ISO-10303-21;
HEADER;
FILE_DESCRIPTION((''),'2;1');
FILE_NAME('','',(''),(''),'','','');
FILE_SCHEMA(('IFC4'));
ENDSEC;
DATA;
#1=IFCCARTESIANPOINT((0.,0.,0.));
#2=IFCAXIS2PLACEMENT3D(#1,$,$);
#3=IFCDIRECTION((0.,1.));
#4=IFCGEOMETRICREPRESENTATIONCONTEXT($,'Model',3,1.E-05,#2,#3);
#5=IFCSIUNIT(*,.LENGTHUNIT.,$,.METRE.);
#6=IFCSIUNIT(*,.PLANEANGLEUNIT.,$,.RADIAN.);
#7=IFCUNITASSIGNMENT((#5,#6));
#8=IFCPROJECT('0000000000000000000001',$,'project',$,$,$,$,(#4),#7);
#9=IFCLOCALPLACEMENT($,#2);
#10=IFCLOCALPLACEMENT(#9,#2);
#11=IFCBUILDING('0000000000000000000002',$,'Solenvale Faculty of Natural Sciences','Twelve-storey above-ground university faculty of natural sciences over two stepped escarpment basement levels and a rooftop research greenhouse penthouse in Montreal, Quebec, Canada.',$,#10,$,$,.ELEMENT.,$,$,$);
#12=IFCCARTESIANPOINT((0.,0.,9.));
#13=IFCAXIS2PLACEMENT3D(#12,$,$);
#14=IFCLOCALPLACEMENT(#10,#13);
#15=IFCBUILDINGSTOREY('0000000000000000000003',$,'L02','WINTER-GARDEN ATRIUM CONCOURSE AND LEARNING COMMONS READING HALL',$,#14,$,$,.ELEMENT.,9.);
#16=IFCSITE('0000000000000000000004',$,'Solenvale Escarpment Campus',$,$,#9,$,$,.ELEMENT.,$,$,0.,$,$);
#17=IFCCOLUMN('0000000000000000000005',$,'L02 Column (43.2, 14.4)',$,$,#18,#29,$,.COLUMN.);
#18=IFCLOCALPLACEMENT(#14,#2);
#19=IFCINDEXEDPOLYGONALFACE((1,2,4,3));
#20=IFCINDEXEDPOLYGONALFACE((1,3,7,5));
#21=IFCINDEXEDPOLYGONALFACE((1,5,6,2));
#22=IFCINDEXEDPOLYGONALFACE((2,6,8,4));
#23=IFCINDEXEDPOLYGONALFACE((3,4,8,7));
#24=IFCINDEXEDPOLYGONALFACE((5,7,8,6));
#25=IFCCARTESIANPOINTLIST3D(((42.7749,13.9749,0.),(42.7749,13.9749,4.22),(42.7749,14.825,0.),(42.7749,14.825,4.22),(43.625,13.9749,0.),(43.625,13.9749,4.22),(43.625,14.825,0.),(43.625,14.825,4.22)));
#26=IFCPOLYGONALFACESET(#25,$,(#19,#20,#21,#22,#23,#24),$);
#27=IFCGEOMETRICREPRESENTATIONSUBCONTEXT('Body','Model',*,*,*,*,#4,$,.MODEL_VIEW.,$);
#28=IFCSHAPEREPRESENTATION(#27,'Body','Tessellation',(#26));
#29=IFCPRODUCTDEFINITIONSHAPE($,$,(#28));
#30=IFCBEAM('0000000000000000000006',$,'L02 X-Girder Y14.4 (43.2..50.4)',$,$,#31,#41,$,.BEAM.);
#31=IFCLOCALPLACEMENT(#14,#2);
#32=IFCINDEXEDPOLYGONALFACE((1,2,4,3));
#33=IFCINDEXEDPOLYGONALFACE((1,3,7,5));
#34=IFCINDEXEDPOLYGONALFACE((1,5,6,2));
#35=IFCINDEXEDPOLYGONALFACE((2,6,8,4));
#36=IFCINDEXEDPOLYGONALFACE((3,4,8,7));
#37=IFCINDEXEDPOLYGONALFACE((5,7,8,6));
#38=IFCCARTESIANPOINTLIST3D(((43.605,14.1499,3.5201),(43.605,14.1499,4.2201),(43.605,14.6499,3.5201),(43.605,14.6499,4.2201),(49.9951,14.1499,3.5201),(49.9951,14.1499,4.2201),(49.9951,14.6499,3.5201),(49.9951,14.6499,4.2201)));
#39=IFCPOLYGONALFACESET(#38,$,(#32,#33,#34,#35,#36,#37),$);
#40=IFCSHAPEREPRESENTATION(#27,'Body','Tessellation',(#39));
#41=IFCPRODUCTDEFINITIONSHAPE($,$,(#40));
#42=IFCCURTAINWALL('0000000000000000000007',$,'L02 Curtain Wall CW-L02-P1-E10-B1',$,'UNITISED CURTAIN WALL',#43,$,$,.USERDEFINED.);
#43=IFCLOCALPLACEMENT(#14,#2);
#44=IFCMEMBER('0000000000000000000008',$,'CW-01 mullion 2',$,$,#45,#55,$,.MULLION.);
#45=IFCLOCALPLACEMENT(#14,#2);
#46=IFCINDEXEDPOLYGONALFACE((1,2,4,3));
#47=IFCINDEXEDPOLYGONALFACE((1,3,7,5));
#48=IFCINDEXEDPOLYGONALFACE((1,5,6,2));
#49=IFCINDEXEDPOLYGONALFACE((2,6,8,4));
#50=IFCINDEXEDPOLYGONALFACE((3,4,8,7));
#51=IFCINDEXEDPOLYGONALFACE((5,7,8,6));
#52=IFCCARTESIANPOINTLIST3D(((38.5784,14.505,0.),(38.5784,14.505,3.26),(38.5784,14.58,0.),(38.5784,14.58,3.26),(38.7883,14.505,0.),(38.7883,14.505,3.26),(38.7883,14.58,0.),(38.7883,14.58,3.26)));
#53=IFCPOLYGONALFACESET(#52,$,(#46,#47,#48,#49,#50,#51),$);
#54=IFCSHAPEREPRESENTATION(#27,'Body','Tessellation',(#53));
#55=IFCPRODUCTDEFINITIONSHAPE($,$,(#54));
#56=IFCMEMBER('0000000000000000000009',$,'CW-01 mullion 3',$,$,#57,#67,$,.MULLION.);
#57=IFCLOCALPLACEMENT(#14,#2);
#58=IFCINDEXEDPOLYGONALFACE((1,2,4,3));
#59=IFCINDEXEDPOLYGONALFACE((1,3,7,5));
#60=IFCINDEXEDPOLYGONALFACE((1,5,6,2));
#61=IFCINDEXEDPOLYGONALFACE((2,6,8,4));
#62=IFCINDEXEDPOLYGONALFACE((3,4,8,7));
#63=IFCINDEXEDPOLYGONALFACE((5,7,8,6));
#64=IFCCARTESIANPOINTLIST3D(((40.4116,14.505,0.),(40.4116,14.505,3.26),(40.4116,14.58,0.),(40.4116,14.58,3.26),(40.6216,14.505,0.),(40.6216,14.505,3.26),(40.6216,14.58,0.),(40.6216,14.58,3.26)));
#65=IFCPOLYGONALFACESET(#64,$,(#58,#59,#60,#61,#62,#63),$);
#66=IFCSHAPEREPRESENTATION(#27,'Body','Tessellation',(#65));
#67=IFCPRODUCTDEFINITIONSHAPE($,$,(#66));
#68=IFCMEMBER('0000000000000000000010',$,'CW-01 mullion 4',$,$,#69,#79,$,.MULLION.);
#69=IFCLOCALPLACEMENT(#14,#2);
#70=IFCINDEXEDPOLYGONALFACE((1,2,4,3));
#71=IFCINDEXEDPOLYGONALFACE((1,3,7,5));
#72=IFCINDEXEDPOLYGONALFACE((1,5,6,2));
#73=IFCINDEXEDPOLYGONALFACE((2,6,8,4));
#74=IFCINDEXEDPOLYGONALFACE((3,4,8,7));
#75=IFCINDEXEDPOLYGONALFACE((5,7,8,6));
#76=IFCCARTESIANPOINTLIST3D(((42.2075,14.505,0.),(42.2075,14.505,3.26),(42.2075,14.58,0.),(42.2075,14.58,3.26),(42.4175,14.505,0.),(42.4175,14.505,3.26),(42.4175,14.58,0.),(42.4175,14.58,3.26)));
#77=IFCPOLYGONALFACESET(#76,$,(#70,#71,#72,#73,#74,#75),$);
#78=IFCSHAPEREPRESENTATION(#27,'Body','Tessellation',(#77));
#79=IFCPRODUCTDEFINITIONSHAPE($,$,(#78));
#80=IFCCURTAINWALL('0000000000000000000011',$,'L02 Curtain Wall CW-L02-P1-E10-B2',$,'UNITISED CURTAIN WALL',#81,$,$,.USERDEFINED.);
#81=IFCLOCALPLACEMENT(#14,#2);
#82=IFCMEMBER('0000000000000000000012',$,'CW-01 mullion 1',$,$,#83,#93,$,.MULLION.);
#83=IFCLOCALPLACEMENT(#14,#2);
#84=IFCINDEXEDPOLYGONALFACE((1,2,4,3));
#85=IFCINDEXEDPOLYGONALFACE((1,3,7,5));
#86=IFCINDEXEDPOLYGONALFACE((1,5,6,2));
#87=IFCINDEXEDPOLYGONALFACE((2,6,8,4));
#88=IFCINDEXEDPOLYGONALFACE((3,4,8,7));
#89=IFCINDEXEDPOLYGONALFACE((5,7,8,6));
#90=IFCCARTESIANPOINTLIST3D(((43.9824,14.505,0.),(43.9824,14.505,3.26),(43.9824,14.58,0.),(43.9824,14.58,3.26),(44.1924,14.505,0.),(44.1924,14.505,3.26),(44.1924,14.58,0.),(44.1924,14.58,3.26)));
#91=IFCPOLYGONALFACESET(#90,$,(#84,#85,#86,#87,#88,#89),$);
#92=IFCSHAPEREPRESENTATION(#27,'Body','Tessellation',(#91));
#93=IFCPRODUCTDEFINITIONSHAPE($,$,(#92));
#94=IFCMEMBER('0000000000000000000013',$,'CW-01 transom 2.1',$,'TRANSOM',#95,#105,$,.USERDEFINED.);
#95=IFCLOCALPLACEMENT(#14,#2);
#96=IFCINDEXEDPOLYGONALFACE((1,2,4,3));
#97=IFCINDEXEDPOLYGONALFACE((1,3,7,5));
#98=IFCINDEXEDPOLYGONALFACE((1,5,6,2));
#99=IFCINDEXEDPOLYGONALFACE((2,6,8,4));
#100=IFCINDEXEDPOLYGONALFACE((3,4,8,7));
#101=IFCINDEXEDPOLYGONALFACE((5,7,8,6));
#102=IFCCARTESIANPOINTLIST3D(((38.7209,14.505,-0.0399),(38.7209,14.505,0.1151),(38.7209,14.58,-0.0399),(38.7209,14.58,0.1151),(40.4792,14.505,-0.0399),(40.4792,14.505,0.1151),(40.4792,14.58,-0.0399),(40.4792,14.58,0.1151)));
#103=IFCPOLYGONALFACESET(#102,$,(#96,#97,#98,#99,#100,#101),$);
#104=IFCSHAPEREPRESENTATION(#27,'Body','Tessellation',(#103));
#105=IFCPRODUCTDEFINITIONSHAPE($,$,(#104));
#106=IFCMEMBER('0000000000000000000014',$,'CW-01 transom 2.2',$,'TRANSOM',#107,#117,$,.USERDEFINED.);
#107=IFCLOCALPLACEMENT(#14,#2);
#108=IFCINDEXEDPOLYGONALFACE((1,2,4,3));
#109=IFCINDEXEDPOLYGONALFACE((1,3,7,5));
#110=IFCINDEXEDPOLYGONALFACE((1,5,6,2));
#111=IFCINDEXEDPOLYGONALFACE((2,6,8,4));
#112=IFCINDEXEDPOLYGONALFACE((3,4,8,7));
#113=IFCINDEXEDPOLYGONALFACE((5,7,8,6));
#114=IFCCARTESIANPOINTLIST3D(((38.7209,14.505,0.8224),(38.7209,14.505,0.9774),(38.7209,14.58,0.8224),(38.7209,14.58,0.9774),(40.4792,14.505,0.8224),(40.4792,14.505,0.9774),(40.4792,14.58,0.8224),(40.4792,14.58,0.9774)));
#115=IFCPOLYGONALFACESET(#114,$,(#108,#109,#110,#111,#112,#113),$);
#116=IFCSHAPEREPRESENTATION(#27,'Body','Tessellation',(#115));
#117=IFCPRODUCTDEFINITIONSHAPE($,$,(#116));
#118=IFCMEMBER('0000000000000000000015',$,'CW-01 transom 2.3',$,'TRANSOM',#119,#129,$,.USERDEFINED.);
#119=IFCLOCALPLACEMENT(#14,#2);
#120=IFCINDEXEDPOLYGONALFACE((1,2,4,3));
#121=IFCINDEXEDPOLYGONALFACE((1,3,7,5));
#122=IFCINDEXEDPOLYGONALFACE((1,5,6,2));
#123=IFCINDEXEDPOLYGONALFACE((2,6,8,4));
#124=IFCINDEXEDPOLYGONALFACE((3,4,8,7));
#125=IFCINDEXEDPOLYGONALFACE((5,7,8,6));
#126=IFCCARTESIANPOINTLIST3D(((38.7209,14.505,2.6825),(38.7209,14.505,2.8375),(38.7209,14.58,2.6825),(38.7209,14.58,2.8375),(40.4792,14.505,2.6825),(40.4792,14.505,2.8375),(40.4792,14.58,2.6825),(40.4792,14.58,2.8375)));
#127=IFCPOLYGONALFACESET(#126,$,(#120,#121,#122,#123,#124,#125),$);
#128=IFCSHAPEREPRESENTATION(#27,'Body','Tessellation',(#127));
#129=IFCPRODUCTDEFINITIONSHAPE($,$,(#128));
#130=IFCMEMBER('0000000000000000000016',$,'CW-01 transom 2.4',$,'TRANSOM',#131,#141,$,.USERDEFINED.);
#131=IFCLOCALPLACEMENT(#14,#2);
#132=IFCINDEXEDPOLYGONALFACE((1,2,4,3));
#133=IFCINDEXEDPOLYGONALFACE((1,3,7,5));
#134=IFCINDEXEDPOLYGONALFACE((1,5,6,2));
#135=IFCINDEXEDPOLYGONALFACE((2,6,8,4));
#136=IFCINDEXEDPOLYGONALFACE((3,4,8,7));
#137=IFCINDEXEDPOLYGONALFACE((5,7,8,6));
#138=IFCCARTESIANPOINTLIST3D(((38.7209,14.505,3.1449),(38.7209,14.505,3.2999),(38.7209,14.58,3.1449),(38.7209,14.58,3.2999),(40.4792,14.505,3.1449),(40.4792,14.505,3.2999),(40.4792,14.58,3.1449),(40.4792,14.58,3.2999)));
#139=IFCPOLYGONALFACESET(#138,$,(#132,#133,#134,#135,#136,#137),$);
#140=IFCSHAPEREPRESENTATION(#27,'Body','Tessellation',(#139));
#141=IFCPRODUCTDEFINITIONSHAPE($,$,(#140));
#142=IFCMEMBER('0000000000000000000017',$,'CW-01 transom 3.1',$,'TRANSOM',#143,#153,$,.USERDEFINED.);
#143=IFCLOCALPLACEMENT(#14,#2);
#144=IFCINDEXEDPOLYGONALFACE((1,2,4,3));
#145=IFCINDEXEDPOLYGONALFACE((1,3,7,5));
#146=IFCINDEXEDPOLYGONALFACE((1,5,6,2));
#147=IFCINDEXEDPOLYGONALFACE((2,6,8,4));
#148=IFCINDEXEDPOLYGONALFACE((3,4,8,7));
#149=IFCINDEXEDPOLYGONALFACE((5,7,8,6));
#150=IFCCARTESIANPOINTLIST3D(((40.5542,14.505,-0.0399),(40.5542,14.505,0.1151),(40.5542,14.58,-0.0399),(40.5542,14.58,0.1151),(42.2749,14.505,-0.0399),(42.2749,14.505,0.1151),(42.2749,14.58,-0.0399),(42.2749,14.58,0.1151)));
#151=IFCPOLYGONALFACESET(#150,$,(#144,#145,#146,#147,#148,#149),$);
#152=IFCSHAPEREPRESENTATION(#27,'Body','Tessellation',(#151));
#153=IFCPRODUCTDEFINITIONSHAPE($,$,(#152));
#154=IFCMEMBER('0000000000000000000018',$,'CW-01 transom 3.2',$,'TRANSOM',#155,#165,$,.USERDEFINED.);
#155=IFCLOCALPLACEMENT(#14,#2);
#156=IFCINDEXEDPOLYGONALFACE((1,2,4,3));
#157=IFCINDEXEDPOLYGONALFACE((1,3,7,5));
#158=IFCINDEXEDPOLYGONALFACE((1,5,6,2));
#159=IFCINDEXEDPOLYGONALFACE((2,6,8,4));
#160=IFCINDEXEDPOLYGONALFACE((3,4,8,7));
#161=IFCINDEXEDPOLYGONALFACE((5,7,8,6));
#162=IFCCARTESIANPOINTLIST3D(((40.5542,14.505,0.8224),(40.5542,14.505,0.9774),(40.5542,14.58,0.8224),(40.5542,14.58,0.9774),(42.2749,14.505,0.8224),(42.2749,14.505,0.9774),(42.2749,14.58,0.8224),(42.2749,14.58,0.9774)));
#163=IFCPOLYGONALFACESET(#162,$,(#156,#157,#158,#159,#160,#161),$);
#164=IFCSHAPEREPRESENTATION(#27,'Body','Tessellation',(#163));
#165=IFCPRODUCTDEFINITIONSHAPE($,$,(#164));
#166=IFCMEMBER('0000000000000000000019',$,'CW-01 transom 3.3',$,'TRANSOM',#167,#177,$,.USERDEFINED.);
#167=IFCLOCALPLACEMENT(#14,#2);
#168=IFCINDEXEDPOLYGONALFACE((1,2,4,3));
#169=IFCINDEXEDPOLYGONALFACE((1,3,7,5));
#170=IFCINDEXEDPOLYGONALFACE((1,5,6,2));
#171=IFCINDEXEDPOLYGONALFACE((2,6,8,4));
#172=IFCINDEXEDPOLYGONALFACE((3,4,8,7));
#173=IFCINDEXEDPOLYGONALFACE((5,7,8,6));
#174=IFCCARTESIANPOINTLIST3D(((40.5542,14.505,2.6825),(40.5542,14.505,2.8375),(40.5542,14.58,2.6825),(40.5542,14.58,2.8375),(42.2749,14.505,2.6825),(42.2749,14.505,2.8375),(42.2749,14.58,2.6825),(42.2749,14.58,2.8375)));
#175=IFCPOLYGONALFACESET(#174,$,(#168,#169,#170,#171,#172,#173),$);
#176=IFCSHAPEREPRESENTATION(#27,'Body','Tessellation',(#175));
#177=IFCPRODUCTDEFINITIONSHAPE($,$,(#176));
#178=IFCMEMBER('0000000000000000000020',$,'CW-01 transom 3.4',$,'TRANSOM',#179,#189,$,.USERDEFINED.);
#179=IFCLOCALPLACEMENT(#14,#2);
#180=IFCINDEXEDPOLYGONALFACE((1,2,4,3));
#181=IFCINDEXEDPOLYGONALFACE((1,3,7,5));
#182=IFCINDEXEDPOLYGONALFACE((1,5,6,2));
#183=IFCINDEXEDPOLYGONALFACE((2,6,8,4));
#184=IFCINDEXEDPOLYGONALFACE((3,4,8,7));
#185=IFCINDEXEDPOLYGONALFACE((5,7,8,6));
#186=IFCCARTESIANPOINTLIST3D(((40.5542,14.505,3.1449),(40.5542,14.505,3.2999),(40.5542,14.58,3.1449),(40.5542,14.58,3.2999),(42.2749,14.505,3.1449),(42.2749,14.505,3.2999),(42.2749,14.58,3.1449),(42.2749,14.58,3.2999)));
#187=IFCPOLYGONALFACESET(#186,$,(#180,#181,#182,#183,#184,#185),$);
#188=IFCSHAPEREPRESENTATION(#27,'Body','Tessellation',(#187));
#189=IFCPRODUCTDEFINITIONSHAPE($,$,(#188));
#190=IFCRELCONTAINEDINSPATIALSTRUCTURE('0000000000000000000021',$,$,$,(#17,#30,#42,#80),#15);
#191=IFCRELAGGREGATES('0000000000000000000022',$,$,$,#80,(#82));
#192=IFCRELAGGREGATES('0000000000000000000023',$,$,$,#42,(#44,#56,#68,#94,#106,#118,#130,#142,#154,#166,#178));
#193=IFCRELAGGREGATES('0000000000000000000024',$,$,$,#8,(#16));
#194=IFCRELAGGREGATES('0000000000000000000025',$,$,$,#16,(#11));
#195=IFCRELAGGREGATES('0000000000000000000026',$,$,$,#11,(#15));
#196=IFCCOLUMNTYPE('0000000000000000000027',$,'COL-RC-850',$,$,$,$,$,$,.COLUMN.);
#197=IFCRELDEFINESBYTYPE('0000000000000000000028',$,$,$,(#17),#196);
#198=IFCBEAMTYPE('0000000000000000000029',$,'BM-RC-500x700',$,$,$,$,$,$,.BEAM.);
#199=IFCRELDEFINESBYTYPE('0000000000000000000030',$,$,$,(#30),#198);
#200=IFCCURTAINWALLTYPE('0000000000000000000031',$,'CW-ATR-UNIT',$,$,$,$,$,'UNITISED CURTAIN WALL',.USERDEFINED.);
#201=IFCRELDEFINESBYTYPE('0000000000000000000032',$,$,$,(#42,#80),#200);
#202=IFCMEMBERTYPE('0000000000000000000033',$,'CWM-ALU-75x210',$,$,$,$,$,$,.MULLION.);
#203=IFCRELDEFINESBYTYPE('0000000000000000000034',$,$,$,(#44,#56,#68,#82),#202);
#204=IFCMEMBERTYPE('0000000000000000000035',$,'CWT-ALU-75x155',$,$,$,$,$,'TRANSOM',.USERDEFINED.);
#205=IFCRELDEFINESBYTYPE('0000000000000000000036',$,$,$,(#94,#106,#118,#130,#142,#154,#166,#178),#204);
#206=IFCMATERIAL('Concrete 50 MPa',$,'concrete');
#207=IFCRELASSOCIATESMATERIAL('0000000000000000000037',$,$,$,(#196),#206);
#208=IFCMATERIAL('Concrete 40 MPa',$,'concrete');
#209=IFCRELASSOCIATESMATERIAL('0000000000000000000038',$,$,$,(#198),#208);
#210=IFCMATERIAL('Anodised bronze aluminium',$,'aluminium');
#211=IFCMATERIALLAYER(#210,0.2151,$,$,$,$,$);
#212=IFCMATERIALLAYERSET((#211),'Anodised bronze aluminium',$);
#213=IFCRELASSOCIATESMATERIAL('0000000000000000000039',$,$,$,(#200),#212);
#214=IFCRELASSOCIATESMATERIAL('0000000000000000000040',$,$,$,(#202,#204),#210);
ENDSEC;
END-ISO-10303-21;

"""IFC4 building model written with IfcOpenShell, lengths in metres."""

from ifc_helpers import new_model, si_unit, direction, frame, origin, origin_2d, place, context, subcontext, project, spatial, rectangle, extrude, material, layer, layer_set, material_profile, profile_set, type_object, element, aggregate, save


model = new_model("IFC4")

# Units and contexts
model_context = context("Model", 3, precision=1e-05, world=origin(), true_north=direction((0.0, 1.0)))
body_context = subcontext(model_context, "Body", "Model", "MODEL_VIEW")
ifc_project = project(units=[si_unit("LENGTHUNIT", "METRE"), si_unit("PLANEANGLEUNIT", "RADIAN")], contexts=[model_context])

# Site, building, storey
site_placement = place(None, origin())
site = spatial("IfcSite", under=ifc_project, at=site_placement, Name="Solenvale Escarpment Campus", CompositionType="ELEMENT", RefElevation=0.0)
building_placement = place(site_placement, origin())
building = spatial("IfcBuilding", under=site, at=building_placement, Name="Solenvale Faculty of Natural Sciences", Description="Twelve-storey above-ground university faculty of natural sciences over two stepped escarpment basement levels and a rooftop research greenhouse penthouse in Montreal, Quebec, Canada.", CompositionType="ELEMENT")
storey_placement = place(building_placement, frame((0.0, 0.0, 9.0)))
storey = spatial("IfcBuildingStorey", under=building, at=storey_placement, Name="L02", Description="WINTER-GARDEN ATRIUM CONCOURSE AND LEARNING COMMONS READING HALL", CompositionType="ELEMENT", Elevation=9.0)

# Column
ifc_material_1 = material(Name="Concrete 50 MPa", Category="concrete")
ifc_material_profile_1 = material_profile(ifc_material_1, rectangle(XDim=0.8501, YDim=0.8501, at=origin_2d()), Name="RC-COL-850x850")
ifc_profile_set_1 = profile_set([ifc_material_profile_1], Name="Concrete 50 MPa")
column_type = type_object("IfcColumnType", Name="COL-RC-850", PredefinedType="COLUMN", material=ifc_profile_set_1)
column_placement = place(storey_placement, frame((43.2, 14.3999, 0.0), z_axis=(0.0, 0.0, 1.0), x_axis=(1.0, 0.0, 0.0)))
element("IfcColumn", 1, at=column_placement, inside=storey, type_object=column_type, Name="L02 Column (43.2, 14.4)", PredefinedType="COLUMN", context=body_context, shape_type="SweptSolid", body=[
    extrude(rectangle(XDim=0.8501, YDim=0.8501, at=origin_2d()), origin(), (0.0, 0.0, 1.0), 4.22),
])

# Beam
ifc_material_2 = material(Name="Concrete 40 MPa", Category="concrete")
ifc_material_profile_2 = material_profile(ifc_material_2, rectangle(XDim=0.5, YDim=0.7, at=origin_2d()), Name="RC-BM-500x700")
ifc_profile_set_2 = profile_set([ifc_material_profile_2], Name="Concrete 40 MPa")
beam_type = type_object("IfcBeamType", Name="BM-RC-500x700", PredefinedType="BEAM", material=ifc_profile_set_2)
beam_placement = place(storey_placement, frame((43.605, 14.3999, 3.8701), z_axis=(1.0, 0.0, 0.0), x_axis=(0.0, 1.0, 0.0)))
element("IfcBeam", 2, at=beam_placement, inside=storey, type_object=beam_type, Name="L02 X-Girder Y14.4 (43.2..50.4)", PredefinedType="BEAM", context=body_context, shape_type="SweptSolid", body=[
    extrude(rectangle(XDim=0.5, YDim=0.7, at=origin_2d()), origin(), (0.0, 0.0, 1.0), 6.3901),
])

# Curtain wall, members
ifc_material_3 = material(Name="Anodised bronze aluminium", Category="aluminium")
ifc_layer_1 = layer(ifc_material_3, 0.2151)
ifc_layer_set_1 = layer_set([ifc_layer_1], Name="Anodised bronze aluminium")
curtain_wall_type = type_object("IfcCurtainWallType", Name="CW-ATR-UNIT", ElementType="UNITISED CURTAIN WALL", PredefinedType="USERDEFINED", material=ifc_layer_set_1)
curtain_wall_1_placement = place(storey_placement, origin())
curtain_wall_1 = element("IfcCurtainWall", 3, at=curtain_wall_1_placement, inside=storey, type_object=curtain_wall_type, Name="L02 Curtain Wall CW-L02-P1-E10-B1", ObjectType="UNITISED CURTAIN WALL", PredefinedType="USERDEFINED")
ifc_material_profile_3 = material_profile(ifc_material_3, rectangle(XDim=0.075, YDim=0.21, at=origin_2d()), Name="ALU-MUL-75x210")
ifc_profile_set_3 = profile_set([ifc_material_profile_3], Name="Anodised bronze aluminium")
member_type_1 = type_object("IfcMemberType", Name="CWM-ALU-75x210", PredefinedType="MULLION", material=ifc_profile_set_3)
member_1_placement = place(storey_placement, frame((38.6833, 14.5425, 0.0), z_axis=(0.0, 0.0, 1.0), x_axis=(0.0, 1.0, 0.0)))
member_1 = element("IfcMember", 4, at=member_1_placement, type_object=member_type_1, Name="CW-01 mullion 2", PredefinedType="MULLION", context=body_context, shape_type="SweptSolid", body=[
    extrude(rectangle(XDim=0.075, YDim=0.21, at=origin_2d()), origin(), (0.0, 0.0, 1.0), 3.26),
])
member_2_placement = place(storey_placement, frame((40.5166, 14.5425, 0.0), z_axis=(0.0, 0.0, 1.0), x_axis=(0.0, 1.0, 0.0)))
member_2 = element("IfcMember", 5, at=member_2_placement, type_object=member_type_1, Name="CW-01 mullion 3", PredefinedType="MULLION", context=body_context, shape_type="SweptSolid", body=[
    extrude(rectangle(XDim=0.075, YDim=0.21, at=origin_2d()), origin(), (0.0, 0.0, 1.0), 3.26),
])
member_3_placement = place(storey_placement, frame((42.3125, 14.5425, 0.0), z_axis=(0.0, 0.0, 1.0), x_axis=(0.0, 1.0, 0.0)))
member_3 = element("IfcMember", 6, at=member_3_placement, type_object=member_type_1, Name="CW-01 mullion 4", PredefinedType="MULLION", context=body_context, shape_type="SweptSolid", body=[
    extrude(rectangle(XDim=0.075, YDim=0.21, at=origin_2d()), origin(), (0.0, 0.0, 1.0), 3.26),
])

# Curtain wall, member
curtain_wall_2_placement = place(storey_placement, origin())
curtain_wall_2 = element("IfcCurtainWall", 7, at=curtain_wall_2_placement, inside=storey, type_object=curtain_wall_type, Name="L02 Curtain Wall CW-L02-P1-E10-B2", ObjectType="UNITISED CURTAIN WALL", PredefinedType="USERDEFINED")
member_4_placement = place(storey_placement, frame((44.0874, 14.5425, 0.0), z_axis=(0.0, 0.0, 1.0), x_axis=(0.0, 1.0, 0.0)))
member_4 = element("IfcMember", 8, at=member_4_placement, type_object=member_type_1, Name="CW-01 mullion 1", PredefinedType="MULLION", context=body_context, shape_type="SweptSolid", body=[
    extrude(rectangle(XDim=0.075, YDim=0.21, at=origin_2d()), origin(), (0.0, 0.0, 1.0), 3.26),
])

# Members
ifc_material_profile_4 = material_profile(ifc_material_3, rectangle(XDim=0.075, YDim=0.155, at=origin_2d()), Name="ALU-TRN-75x155")
ifc_profile_set_4 = profile_set([ifc_material_profile_4], Name="Anodised bronze aluminium")
member_type_2 = type_object("IfcMemberType", Name="CWT-ALU-75x155", ElementType="TRANSOM", PredefinedType="USERDEFINED", material=ifc_profile_set_4)
member_5_placement = place(storey_placement, frame((38.7209, 14.5425, 0.0376), z_axis=(1.0, 0.0, 0.0), x_axis=(0.0, 1.0, 0.0)))
member_5 = element("IfcMember", 9, at=member_5_placement, type_object=member_type_2, Name="CW-01 transom 2.1", ObjectType="TRANSOM", PredefinedType="USERDEFINED", context=body_context, shape_type="SweptSolid", body=[
    extrude(rectangle(XDim=0.075, YDim=0.155, at=origin_2d()), origin(), (0.0, 0.0, 1.0), 1.7583),
])
member_6_placement = place(storey_placement, frame((38.7209, 14.5425, 0.8999), z_axis=(1.0, 0.0, 0.0), x_axis=(0.0, 1.0, 0.0)))
member_6 = element("IfcMember", 10, at=member_6_placement, type_object=member_type_2, Name="CW-01 transom 2.2", ObjectType="TRANSOM", PredefinedType="USERDEFINED", context=body_context, shape_type="SweptSolid", body=[
    extrude(rectangle(XDim=0.075, YDim=0.155, at=origin_2d()), origin(), (0.0, 0.0, 1.0), 1.7583),
])
member_7_placement = place(storey_placement, frame((38.7209, 14.5425, 2.76), z_axis=(1.0, 0.0, 0.0), x_axis=(0.0, 1.0, 0.0)))
member_7 = element("IfcMember", 11, at=member_7_placement, type_object=member_type_2, Name="CW-01 transom 2.3", ObjectType="TRANSOM", PredefinedType="USERDEFINED", context=body_context, shape_type="SweptSolid", body=[
    extrude(rectangle(XDim=0.075, YDim=0.155, at=origin_2d()), origin(), (0.0, 0.0, 1.0), 1.7583),
])
member_8_placement = place(storey_placement, frame((38.7209, 14.5425, 3.2224), z_axis=(1.0, 0.0, 0.0), x_axis=(0.0, 1.0, 0.0)))
member_8 = element("IfcMember", 12, at=member_8_placement, type_object=member_type_2, Name="CW-01 transom 2.4", ObjectType="TRANSOM", PredefinedType="USERDEFINED", context=body_context, shape_type="SweptSolid", body=[
    extrude(rectangle(XDim=0.075, YDim=0.155, at=origin_2d()), origin(), (0.0, 0.0, 1.0), 1.7583),
])
member_9_placement = place(storey_placement, frame((40.5542, 14.5425, 0.0376), z_axis=(1.0, 0.0, 0.0), x_axis=(0.0, 1.0, 0.0)))
member_9 = element("IfcMember", 13, at=member_9_placement, type_object=member_type_2, Name="CW-01 transom 3.1", ObjectType="TRANSOM", PredefinedType="USERDEFINED", context=body_context, shape_type="SweptSolid", body=[
    extrude(rectangle(XDim=0.075, YDim=0.155, at=origin_2d()), origin(), (0.0, 0.0, 1.0), 1.7207),
])
member_10_placement = place(storey_placement, frame((40.5542, 14.5425, 0.8999), z_axis=(1.0, 0.0, 0.0), x_axis=(0.0, 1.0, 0.0)))
member_10 = element("IfcMember", 14, at=member_10_placement, type_object=member_type_2, Name="CW-01 transom 3.2", ObjectType="TRANSOM", PredefinedType="USERDEFINED", context=body_context, shape_type="SweptSolid", body=[
    extrude(rectangle(XDim=0.075, YDim=0.155, at=origin_2d()), origin(), (0.0, 0.0, 1.0), 1.7207),
])
member_11_placement = place(storey_placement, frame((40.5542, 14.5425, 2.76), z_axis=(1.0, 0.0, 0.0), x_axis=(0.0, 1.0, 0.0)))
member_11 = element("IfcMember", 15, at=member_11_placement, type_object=member_type_2, Name="CW-01 transom 3.3", ObjectType="TRANSOM", PredefinedType="USERDEFINED", context=body_context, shape_type="SweptSolid", body=[
    extrude(rectangle(XDim=0.075, YDim=0.155, at=origin_2d()), origin(), (0.0, 0.0, 1.0), 1.7207),
])
member_12_placement = place(storey_placement, frame((40.5542, 14.5425, 3.2224), z_axis=(1.0, 0.0, 0.0), x_axis=(0.0, 1.0, 0.0)))
member_12 = element("IfcMember", 16, at=member_12_placement, type_object=member_type_2, Name="CW-01 transom 3.4", ObjectType="TRANSOM", PredefinedType="USERDEFINED", context=body_context, shape_type="SweptSolid", body=[
    extrude(rectangle(XDim=0.075, YDim=0.155, at=origin_2d()), origin(), (0.0, 0.0, 1.0), 1.7207),
])
aggregate(curtain_wall_2, [member_4])

aggregate(curtain_wall_1, [member_1, member_2, member_3, member_5, member_6, member_7, member_8, member_9, member_10, member_11, member_12])

save(model, "model.ifc")
